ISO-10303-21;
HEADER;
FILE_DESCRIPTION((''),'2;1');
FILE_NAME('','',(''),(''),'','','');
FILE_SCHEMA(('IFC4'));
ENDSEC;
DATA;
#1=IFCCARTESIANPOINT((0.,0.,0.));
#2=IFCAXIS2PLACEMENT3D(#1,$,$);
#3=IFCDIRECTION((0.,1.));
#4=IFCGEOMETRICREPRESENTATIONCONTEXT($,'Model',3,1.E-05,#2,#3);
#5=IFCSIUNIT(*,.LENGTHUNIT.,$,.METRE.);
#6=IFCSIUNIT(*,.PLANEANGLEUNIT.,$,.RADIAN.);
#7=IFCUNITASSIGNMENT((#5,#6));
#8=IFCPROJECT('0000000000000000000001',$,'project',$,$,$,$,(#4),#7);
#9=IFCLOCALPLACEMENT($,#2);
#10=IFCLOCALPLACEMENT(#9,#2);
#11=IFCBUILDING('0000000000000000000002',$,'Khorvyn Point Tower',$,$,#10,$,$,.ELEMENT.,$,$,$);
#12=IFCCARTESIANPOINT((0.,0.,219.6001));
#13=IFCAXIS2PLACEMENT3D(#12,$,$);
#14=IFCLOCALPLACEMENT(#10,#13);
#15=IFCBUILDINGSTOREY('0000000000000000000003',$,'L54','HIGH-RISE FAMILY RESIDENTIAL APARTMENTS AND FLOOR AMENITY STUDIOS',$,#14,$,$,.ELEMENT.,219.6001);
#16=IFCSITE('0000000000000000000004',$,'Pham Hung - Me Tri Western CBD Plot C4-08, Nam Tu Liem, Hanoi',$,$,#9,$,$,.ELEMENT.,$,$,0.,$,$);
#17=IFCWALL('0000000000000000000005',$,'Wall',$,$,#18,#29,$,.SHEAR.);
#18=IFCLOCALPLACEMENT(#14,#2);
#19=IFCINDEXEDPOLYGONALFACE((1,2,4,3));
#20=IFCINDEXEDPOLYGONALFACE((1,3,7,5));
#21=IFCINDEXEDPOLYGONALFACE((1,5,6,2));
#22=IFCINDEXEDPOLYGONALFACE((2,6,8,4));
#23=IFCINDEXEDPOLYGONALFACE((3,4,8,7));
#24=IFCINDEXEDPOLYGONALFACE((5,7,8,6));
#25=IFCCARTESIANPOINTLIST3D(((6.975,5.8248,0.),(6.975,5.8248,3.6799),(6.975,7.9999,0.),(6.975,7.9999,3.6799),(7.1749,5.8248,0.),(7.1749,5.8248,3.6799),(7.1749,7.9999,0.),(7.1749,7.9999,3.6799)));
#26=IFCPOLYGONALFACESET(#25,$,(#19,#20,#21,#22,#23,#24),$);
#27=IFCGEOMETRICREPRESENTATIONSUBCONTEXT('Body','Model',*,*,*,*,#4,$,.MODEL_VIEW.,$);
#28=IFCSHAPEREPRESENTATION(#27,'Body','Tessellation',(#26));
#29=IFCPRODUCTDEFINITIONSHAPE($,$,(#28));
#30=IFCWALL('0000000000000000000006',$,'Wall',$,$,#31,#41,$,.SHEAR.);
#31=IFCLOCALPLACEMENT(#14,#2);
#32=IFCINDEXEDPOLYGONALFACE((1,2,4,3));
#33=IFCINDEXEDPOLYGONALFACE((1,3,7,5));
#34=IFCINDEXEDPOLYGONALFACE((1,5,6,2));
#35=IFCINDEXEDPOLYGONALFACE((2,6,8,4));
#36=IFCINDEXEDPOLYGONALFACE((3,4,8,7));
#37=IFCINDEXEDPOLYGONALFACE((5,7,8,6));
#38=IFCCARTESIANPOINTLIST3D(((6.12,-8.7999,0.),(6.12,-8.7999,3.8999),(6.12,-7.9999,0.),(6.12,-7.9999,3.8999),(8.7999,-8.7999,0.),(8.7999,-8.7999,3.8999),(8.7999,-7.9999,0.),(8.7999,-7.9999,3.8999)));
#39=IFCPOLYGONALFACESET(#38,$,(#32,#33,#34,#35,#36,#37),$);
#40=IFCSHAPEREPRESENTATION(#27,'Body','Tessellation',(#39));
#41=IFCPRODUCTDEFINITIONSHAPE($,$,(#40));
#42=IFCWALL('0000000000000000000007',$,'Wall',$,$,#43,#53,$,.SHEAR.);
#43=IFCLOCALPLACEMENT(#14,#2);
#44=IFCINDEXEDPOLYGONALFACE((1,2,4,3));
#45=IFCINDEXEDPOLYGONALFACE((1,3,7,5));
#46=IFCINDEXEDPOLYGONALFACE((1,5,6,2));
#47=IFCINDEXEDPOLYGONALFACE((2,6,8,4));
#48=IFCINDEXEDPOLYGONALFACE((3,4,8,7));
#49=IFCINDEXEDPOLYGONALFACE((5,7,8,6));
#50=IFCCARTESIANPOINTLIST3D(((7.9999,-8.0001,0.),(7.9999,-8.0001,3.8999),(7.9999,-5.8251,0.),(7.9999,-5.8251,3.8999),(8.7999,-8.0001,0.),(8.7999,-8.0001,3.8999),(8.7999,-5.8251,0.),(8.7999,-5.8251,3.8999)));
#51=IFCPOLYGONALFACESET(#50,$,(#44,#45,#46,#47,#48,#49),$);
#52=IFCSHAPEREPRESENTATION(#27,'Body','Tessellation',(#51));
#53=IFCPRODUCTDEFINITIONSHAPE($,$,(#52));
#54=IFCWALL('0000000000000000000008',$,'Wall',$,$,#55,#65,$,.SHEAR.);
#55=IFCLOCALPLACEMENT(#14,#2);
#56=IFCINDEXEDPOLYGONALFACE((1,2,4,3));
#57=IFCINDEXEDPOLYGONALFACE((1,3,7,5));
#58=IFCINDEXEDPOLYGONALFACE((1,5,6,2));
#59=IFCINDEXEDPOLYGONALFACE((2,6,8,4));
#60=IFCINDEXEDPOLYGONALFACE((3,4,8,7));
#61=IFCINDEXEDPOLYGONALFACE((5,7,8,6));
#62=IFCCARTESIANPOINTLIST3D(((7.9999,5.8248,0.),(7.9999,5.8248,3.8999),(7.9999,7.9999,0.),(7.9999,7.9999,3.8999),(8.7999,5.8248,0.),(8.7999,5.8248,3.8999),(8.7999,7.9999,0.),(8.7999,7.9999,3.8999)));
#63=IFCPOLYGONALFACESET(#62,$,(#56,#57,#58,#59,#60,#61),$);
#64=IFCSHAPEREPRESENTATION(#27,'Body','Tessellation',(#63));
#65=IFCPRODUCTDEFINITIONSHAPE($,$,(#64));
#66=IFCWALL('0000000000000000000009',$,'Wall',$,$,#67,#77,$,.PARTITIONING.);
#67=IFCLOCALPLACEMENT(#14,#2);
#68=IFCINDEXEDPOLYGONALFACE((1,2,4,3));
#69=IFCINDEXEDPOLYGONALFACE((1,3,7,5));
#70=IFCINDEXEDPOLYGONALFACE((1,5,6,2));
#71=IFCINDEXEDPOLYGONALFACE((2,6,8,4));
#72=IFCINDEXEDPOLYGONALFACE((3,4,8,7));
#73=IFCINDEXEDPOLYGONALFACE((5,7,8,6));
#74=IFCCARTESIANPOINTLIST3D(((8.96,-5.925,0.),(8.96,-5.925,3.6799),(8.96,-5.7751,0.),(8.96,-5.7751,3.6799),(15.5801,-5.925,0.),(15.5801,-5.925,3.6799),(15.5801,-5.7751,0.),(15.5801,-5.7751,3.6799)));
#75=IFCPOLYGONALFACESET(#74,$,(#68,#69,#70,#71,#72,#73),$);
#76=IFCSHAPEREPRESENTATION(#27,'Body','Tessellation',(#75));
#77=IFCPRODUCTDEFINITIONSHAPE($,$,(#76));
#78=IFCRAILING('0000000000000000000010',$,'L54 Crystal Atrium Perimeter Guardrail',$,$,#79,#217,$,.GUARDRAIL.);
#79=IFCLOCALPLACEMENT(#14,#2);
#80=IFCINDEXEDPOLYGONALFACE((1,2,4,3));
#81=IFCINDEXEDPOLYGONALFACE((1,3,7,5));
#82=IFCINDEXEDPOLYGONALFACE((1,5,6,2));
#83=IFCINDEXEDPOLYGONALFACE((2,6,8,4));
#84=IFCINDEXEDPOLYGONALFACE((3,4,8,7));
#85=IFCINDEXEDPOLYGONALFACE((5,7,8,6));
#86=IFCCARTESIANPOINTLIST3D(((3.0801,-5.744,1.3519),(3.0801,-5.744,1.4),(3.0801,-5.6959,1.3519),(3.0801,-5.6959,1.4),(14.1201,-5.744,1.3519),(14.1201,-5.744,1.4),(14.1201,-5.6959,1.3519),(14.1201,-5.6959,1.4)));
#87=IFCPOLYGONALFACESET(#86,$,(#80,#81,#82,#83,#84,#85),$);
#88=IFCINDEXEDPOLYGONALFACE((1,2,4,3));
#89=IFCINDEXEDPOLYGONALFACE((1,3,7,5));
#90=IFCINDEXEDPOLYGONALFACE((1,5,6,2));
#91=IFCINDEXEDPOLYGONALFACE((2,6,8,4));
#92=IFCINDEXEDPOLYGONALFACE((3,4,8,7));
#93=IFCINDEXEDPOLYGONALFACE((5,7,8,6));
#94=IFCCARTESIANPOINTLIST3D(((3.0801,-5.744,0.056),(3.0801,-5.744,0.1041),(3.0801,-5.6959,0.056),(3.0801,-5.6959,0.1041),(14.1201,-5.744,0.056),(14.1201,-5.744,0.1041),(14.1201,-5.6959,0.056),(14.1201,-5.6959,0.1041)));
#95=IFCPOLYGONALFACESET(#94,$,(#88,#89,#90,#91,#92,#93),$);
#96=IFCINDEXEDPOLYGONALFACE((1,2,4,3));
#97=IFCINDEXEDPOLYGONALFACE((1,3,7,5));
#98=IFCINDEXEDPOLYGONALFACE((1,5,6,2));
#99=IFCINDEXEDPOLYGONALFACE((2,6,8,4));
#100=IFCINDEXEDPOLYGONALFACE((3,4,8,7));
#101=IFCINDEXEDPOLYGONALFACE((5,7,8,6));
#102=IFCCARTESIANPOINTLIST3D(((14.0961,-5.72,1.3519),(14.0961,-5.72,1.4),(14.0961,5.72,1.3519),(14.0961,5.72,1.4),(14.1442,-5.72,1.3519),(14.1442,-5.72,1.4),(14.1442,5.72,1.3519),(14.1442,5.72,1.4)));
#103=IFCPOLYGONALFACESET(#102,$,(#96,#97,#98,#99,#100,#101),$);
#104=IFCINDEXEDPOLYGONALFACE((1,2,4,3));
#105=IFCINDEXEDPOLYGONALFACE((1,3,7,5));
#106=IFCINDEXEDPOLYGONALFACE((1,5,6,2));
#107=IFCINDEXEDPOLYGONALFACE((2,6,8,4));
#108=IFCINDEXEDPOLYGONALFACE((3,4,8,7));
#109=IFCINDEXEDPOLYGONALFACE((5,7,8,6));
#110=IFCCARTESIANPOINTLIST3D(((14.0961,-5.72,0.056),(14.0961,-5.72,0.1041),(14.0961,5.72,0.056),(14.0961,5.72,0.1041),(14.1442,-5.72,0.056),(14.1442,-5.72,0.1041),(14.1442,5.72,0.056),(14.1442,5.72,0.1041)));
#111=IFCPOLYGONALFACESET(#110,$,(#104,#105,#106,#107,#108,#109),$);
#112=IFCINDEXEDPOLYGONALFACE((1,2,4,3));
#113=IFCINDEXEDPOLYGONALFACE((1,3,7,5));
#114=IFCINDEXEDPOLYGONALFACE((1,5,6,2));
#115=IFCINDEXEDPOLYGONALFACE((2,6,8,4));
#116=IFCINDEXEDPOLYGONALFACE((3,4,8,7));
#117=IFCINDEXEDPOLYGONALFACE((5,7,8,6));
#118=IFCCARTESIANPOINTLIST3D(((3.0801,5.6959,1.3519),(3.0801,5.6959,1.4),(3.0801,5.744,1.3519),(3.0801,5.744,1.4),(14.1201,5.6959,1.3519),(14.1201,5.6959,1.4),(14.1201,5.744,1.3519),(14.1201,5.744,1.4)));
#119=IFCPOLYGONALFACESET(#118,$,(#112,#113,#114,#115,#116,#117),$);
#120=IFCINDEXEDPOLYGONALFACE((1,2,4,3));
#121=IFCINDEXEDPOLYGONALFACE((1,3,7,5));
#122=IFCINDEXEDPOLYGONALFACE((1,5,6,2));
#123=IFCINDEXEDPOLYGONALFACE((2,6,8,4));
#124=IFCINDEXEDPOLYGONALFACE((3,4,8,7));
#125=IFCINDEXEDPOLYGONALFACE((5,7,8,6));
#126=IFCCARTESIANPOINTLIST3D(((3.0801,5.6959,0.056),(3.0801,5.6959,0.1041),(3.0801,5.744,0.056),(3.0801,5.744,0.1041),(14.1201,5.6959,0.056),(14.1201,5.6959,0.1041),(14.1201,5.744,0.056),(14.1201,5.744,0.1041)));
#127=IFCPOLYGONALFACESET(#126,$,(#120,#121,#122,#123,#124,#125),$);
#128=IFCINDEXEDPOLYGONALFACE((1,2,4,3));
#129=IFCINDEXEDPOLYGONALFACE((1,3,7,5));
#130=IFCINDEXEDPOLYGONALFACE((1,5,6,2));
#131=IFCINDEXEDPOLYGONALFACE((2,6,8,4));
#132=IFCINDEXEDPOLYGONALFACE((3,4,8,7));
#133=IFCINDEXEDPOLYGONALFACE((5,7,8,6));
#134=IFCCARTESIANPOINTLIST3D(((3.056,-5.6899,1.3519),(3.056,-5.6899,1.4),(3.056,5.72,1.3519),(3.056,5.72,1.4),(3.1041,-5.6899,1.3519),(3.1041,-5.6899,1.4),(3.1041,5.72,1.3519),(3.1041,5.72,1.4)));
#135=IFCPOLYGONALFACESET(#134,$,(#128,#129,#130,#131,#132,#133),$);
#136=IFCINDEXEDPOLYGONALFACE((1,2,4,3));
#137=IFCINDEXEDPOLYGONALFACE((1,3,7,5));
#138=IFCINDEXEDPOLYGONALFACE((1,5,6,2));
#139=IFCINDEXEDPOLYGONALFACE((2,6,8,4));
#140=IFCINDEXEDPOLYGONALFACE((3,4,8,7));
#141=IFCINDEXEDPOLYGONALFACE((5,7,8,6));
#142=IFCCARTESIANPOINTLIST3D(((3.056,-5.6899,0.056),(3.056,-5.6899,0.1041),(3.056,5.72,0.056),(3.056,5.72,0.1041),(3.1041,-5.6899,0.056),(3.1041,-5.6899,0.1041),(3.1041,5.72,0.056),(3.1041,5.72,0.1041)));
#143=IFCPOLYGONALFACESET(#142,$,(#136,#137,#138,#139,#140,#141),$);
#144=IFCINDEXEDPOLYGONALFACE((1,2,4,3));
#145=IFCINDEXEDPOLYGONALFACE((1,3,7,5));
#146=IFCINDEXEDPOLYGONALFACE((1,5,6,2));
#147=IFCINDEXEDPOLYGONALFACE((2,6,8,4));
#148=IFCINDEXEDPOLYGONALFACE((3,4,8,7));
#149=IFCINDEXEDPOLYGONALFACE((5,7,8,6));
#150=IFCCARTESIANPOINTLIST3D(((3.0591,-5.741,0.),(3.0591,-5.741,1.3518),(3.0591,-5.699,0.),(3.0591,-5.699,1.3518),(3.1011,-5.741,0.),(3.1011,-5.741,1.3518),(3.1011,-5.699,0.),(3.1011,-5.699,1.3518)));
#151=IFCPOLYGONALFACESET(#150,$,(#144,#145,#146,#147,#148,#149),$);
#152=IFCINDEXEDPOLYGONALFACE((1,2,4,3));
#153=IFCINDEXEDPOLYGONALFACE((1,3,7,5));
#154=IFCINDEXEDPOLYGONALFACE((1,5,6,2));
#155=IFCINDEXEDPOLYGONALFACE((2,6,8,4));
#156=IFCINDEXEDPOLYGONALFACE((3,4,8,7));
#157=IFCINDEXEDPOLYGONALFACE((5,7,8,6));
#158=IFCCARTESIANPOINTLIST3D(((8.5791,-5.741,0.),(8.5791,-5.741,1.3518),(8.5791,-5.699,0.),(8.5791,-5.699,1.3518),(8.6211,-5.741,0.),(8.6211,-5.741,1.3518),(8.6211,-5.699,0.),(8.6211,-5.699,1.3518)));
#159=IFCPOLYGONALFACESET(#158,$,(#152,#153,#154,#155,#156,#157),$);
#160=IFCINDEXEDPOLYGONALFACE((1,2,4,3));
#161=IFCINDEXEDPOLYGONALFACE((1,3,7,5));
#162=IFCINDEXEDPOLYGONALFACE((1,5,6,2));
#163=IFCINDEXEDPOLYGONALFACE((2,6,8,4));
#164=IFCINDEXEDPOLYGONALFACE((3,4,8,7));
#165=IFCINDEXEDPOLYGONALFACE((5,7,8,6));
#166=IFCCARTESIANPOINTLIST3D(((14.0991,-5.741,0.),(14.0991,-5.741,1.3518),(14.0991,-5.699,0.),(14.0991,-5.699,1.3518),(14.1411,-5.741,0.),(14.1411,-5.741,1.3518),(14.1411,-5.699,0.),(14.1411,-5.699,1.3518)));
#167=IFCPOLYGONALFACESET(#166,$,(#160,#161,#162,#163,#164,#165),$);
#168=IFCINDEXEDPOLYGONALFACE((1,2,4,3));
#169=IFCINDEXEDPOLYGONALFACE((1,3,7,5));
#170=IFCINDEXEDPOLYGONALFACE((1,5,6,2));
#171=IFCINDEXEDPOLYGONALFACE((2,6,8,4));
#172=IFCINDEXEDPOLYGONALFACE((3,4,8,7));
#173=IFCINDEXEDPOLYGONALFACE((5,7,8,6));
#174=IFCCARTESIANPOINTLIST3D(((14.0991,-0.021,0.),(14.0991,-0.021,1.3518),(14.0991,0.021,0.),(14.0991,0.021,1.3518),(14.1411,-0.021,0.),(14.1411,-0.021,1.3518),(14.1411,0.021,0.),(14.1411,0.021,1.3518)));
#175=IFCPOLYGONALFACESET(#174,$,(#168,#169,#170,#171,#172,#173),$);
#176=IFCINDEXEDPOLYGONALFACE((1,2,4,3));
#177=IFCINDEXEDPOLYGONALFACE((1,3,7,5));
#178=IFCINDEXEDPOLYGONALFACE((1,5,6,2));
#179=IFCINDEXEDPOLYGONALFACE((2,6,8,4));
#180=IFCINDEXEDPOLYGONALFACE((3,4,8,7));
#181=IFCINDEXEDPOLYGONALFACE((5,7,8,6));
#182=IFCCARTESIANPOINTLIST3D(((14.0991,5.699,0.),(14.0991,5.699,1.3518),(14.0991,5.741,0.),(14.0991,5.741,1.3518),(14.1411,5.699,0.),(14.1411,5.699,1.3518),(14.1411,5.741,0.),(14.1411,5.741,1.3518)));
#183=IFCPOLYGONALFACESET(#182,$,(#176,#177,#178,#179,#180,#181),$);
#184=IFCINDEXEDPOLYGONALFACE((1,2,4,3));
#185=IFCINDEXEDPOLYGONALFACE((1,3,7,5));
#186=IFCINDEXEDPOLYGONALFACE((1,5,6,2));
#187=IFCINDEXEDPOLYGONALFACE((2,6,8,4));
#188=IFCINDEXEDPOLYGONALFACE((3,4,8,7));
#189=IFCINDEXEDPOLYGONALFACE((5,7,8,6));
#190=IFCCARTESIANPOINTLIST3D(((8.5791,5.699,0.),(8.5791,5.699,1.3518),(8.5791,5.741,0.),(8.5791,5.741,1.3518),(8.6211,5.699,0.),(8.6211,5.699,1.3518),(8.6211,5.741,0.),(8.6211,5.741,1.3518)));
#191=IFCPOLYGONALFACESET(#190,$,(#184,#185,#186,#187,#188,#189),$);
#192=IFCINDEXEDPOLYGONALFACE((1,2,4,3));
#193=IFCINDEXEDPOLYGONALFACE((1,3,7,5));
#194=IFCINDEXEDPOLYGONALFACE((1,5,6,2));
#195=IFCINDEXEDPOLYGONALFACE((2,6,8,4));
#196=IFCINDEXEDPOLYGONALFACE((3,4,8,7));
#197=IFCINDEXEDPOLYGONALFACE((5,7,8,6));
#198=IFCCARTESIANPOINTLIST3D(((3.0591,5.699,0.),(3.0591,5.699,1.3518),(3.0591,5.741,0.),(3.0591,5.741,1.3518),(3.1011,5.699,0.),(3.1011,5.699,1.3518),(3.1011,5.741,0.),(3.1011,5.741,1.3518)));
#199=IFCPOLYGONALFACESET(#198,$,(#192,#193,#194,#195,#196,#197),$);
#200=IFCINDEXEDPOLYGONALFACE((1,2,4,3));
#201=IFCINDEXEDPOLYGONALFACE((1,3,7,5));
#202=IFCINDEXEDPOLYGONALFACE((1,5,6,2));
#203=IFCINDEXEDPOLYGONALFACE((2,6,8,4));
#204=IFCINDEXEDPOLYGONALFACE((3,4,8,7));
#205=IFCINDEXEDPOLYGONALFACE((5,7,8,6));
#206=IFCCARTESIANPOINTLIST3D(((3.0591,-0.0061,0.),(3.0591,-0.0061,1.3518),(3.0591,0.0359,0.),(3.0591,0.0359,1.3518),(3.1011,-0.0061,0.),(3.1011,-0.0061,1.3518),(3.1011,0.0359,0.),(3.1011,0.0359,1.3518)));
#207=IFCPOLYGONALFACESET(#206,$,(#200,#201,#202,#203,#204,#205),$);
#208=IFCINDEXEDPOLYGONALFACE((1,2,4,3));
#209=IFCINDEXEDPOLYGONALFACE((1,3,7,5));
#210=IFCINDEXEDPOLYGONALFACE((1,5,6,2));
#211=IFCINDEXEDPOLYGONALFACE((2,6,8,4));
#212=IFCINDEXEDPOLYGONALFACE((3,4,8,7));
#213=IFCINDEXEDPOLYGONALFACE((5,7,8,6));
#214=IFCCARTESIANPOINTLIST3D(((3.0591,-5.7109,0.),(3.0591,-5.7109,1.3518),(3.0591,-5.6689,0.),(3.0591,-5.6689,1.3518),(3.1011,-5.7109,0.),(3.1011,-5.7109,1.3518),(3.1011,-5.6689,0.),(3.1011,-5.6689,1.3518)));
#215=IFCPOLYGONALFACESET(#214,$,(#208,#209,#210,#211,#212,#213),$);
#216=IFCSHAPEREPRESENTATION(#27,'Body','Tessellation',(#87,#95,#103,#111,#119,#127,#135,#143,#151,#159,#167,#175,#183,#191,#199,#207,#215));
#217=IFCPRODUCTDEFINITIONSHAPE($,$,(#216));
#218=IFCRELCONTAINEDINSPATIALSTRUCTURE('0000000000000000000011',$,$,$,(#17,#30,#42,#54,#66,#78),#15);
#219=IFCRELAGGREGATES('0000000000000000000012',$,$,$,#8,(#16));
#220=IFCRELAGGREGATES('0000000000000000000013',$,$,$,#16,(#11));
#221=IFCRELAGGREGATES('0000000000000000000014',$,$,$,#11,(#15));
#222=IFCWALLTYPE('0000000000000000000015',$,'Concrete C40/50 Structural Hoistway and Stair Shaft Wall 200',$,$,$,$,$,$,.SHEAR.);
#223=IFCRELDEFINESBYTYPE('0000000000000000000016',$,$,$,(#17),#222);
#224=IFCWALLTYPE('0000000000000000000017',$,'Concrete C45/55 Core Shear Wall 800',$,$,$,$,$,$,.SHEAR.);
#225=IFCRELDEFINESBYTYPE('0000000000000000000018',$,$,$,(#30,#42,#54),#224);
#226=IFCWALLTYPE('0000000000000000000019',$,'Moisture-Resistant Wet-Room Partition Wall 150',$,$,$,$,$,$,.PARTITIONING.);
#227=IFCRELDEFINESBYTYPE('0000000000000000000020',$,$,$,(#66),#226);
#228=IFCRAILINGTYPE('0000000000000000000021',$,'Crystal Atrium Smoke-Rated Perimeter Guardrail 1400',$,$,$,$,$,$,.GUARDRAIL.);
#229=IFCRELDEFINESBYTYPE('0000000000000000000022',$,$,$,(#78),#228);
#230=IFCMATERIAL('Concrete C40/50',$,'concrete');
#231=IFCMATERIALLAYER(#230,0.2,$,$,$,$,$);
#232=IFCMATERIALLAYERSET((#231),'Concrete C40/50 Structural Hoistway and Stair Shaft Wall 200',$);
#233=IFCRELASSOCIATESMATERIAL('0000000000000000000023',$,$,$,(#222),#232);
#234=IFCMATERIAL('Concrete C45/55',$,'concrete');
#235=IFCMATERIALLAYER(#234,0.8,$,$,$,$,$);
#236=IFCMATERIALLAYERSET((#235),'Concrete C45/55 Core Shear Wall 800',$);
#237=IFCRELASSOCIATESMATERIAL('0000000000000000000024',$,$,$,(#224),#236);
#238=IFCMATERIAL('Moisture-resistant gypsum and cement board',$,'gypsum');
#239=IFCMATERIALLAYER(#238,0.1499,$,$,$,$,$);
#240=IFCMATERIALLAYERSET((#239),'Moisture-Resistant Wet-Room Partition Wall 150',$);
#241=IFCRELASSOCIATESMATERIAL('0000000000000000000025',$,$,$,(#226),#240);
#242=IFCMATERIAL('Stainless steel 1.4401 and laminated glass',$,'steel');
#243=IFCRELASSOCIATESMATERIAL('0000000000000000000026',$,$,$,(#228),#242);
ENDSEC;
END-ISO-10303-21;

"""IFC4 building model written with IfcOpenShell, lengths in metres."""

from ifc_helpers import new_model, si_unit, direction, frame, frame_2d, origin, origin_2d, place, context, subcontext, project, spatial, rectangle, extrude, material, layer, layer_set, type_object, element, save


model = new_model("IFC4")

# Units and contexts
model_context = context("Model", 3, precision=1e-05, world=origin(), true_north=direction((0.0, 1.0)))
body_context = subcontext(model_context, "Body", "Model", "MODEL_VIEW")
ifc_project = project(units=[si_unit("LENGTHUNIT", "METRE"), si_unit("PLANEANGLEUNIT", "RADIAN")], contexts=[model_context])

# Site, building, storey
site_placement = place(None, origin())
site = spatial("IfcSite", under=ifc_project, at=site_placement, Name="Pham Hung - Me Tri Western CBD Plot C4-08, Nam Tu Liem, Hanoi", CompositionType="ELEMENT", RefElevation=0.0)
building_placement = place(site_placement, origin())
building = spatial("IfcBuilding", under=site, at=building_placement, Name="Khorvyn Point Tower", CompositionType="ELEMENT")
storey_placement = place(building_placement, frame((0.0, 0.0, 219.6001)))
storey = spatial("IfcBuildingStorey", under=building, at=storey_placement, Name="L54", Description="HIGH-RISE FAMILY RESIDENTIAL APARTMENTS AND FLOOR AMENITY STUDIOS", CompositionType="ELEMENT", Elevation=219.6001)

# Shared definitions
ifc_material_1 = material(Name="Concrete C40/50", Category="concrete")
ifc_material_2 = material(Name="Concrete C45/55", Category="concrete")

# Shared definitions
ifc_layer_1 = layer(ifc_material_1, 0.2)
ifc_layer_set_1 = layer_set([ifc_layer_1], Name="Concrete C40/50 Structural Hoistway and Stair Shaft Wall 200")
wall_type_1 = type_object("IfcWallType", Name="Concrete C40/50 Structural Hoistway and Stair Shaft Wall 200", PredefinedType="SHEAR", material=ifc_layer_set_1)

# Walls
wall_1_placement = place(storey_placement, frame((7.075, 5.825, 0.0), z_axis=(0.0, 0.0, 1.0), x_axis=(0.0, 1.0, 0.0)))
element("IfcWall", 1, at=wall_1_placement, inside=storey, type_object=wall_type_1, Name="Wall", PredefinedType="SHEAR", context=body_context, shape_type="SweptSolid", body=[
    extrude(rectangle(XDim=2.175, YDim=0.2, at=frame_2d((1.0874, 0.0))), origin(), (0.0, 0.0, 1.0), 3.6799),
])
ifc_layer_2 = layer(ifc_material_2, 0.8)
ifc_layer_set_2 = layer_set([ifc_layer_2], Name="Concrete C45/55 Core Shear Wall 800")
wall_type_2 = type_object("IfcWallType", Name="Concrete C45/55 Core Shear Wall 800", PredefinedType="SHEAR", material=ifc_layer_set_2)
wall_2_placement = place(storey_placement, frame((6.1201, -8.3999, 0.0), z_axis=(0.0, 0.0, 1.0), x_axis=(1.0, 0.0, 0.0)))
element("IfcWall", 2, at=wall_2_placement, inside=storey, type_object=wall_type_2, Name="Wall", PredefinedType="SHEAR", context=body_context, shape_type="SweptSolid", body=[
    extrude(rectangle(XDim=2.6799, YDim=0.8, at=frame_2d((1.3398, 0.0))), origin(), (0.0, 0.0, 1.0), 3.8999),
])
for number, where, z_axis, x_axis, name in (
    (3, (8.3999, -8.0, 0.0), (0.0, 0.0, 1.0), (0.0, 1.0, 0.0), "Wall"),
    (4, (8.3999, 5.825, 0.0), (0.0, 0.0, 1.0), (0.0, 1.0, 0.0), "Wall"),
):
    element("IfcWall", number, at=place(storey_placement, frame(where, z_axis=z_axis, x_axis=x_axis)), inside=storey, type_object=wall_type_2, Name=name, PredefinedType="SHEAR", context=body_context, shape_type="SweptSolid", body=[
        extrude(rectangle(XDim=2.175, YDim=0.8, at=frame_2d((1.0874, 0.0))), origin(), (0.0, 0.0, 1.0), 3.8999),
    ])
ifc_material_3 = material(Name="Moisture-resistant gypsum and cement board", Category="gypsum")
ifc_layer_3 = layer(ifc_material_3, 0.1499)
ifc_layer_set_3 = layer_set([ifc_layer_3], Name="Moisture-Resistant Wet-Room Partition Wall 150")
wall_type_3 = type_object("IfcWallType", Name="Moisture-Resistant Wet-Room Partition Wall 150", PredefinedType="PARTITIONING", material=ifc_layer_set_3)
wall_3_placement = place(storey_placement, frame((8.96, -5.8501, 0.0), z_axis=(0.0, 0.0, 1.0), x_axis=(1.0, 0.0, 0.0)))
element("IfcWall", 5, at=wall_3_placement, inside=storey, type_object=wall_type_3, Name="Wall", PredefinedType="PARTITIONING", context=body_context, shape_type="SweptSolid", body=[
    extrude(rectangle(XDim=6.6201, YDim=0.1499, at=frame_2d((3.3101, 0.0))), origin(), (0.0, 0.0, 1.0), 3.6799),
])

# Railing
ifc_material_4 = material(Name="Stainless steel 1.4401 and laminated glass", Category="steel")
railing_type_1 = type_object("IfcRailingType", Name="Crystal Atrium Smoke-Rated Perimeter Guardrail 1400", PredefinedType="GUARDRAIL", material=ifc_material_4)
railing_1_placement = place(storey_placement, frame((3.0801, -5.72, 0.0)))
element("IfcRailing", 6, at=railing_1_placement, inside=storey, type_object=railing_type_1, Name="L54 Crystal Atrium Perimeter Guardrail", PredefinedType="GUARDRAIL", context=body_context, shape_type="SweptSolid", body=[
    extrude(rectangle(XDim=0.0481, YDim=0.0481, at=origin_2d()), frame((0.0, 0.0, 1.376), z_axis=(1.0, 0.0, 0.0), x_axis=(0.0, 1.0, 0.0)), (0.0, 0.0, 1.0), 11.04),
    extrude(rectangle(XDim=0.0481, YDim=0.0481, at=origin_2d()), frame((0.0, 0.0, 0.0801), z_axis=(1.0, 0.0, 0.0), x_axis=(0.0, 1.0, 0.0)), (0.0, 0.0, 1.0), 11.04),
    extrude(rectangle(XDim=0.0481, YDim=0.0481, at=origin_2d()), frame((11.04, 0.0, 1.376), z_axis=(0.0, 1.0, 0.0), x_axis=(-1.0, 0.0, 0.0)), (0.0, 0.0, 1.0), 11.4399),
    extrude(rectangle(XDim=0.0481, YDim=0.0481, at=origin_2d()), frame((11.04, 0.0, 0.0801), z_axis=(0.0, 1.0, 0.0), x_axis=(-1.0, 0.0, 0.0)), (0.0, 0.0, 1.0), 11.4399),
    extrude(rectangle(XDim=0.0481, YDim=0.0481, at=origin_2d()), frame((11.04, 11.4399, 1.376), z_axis=(-1.0, 0.0, 0.0), x_axis=(0.0, -1.0, 0.0)), (0.0, 0.0, 1.0), 11.04),
    extrude(rectangle(XDim=0.0481, YDim=0.0481, at=origin_2d()), frame((11.04, 11.4399, 0.0801), z_axis=(-1.0, 0.0, 0.0), x_axis=(0.0, -1.0, 0.0)), (0.0, 0.0, 1.0), 11.04),
    extrude(rectangle(XDim=0.0481, YDim=0.0481, at=origin_2d()), frame((0.0, 11.4399, 1.376), z_axis=(0.0, -1.0, 0.0), x_axis=(1.0, 0.0, 0.0)), (0.0, 0.0, 1.0), 11.4099),
    extrude(rectangle(XDim=0.0481, YDim=0.0481, at=origin_2d()), frame((0.0, 11.4399, 0.0801), z_axis=(0.0, -1.0, 0.0), x_axis=(1.0, 0.0, 0.0)), (0.0, 0.0, 1.0), 11.4099),
    extrude(rectangle(XDim=0.042, YDim=0.042, at=origin_2d()), origin(), (0.0, 0.0, 1.0), 1.3518),
    extrude(rectangle(XDim=0.042, YDim=0.042, at=origin_2d()), frame((5.52, 0.0, 0.0)), (0.0, 0.0, 1.0), 1.3518),
    extrude(rectangle(XDim=0.042, YDim=0.042, at=origin_2d()), frame((11.04, 0.0, 0.0)), (0.0, 0.0, 1.0), 1.3518),
    extrude(rectangle(XDim=0.042, YDim=0.042, at=origin_2d()), frame((11.04, 5.72, 0.0)), (0.0, 0.0, 1.0), 1.3518),
    extrude(rectangle(XDim=0.042, YDim=0.042, at=origin_2d()), frame((11.04, 11.4399, 0.0)), (0.0, 0.0, 1.0), 1.3518),
    extrude(rectangle(XDim=0.042, YDim=0.042, at=origin_2d()), frame((5.52, 11.4399, 0.0)), (0.0, 0.0, 1.0), 1.3518),
    extrude(rectangle(XDim=0.042, YDim=0.042, at=origin_2d()), frame((0.0, 11.4399, 0.0)), (0.0, 0.0, 1.0), 1.3518),
    extrude(rectangle(XDim=0.042, YDim=0.042, at=origin_2d()), frame((0.0, 5.7349, 0.0)), (0.0, 0.0, 1.0), 1.3518),
    extrude(rectangle(XDim=0.042, YDim=0.042, at=origin_2d()), frame((0.0, 0.03, 0.0)), (0.0, 0.0, 1.0), 1.3518),
])

save(model, "model.ifc")
